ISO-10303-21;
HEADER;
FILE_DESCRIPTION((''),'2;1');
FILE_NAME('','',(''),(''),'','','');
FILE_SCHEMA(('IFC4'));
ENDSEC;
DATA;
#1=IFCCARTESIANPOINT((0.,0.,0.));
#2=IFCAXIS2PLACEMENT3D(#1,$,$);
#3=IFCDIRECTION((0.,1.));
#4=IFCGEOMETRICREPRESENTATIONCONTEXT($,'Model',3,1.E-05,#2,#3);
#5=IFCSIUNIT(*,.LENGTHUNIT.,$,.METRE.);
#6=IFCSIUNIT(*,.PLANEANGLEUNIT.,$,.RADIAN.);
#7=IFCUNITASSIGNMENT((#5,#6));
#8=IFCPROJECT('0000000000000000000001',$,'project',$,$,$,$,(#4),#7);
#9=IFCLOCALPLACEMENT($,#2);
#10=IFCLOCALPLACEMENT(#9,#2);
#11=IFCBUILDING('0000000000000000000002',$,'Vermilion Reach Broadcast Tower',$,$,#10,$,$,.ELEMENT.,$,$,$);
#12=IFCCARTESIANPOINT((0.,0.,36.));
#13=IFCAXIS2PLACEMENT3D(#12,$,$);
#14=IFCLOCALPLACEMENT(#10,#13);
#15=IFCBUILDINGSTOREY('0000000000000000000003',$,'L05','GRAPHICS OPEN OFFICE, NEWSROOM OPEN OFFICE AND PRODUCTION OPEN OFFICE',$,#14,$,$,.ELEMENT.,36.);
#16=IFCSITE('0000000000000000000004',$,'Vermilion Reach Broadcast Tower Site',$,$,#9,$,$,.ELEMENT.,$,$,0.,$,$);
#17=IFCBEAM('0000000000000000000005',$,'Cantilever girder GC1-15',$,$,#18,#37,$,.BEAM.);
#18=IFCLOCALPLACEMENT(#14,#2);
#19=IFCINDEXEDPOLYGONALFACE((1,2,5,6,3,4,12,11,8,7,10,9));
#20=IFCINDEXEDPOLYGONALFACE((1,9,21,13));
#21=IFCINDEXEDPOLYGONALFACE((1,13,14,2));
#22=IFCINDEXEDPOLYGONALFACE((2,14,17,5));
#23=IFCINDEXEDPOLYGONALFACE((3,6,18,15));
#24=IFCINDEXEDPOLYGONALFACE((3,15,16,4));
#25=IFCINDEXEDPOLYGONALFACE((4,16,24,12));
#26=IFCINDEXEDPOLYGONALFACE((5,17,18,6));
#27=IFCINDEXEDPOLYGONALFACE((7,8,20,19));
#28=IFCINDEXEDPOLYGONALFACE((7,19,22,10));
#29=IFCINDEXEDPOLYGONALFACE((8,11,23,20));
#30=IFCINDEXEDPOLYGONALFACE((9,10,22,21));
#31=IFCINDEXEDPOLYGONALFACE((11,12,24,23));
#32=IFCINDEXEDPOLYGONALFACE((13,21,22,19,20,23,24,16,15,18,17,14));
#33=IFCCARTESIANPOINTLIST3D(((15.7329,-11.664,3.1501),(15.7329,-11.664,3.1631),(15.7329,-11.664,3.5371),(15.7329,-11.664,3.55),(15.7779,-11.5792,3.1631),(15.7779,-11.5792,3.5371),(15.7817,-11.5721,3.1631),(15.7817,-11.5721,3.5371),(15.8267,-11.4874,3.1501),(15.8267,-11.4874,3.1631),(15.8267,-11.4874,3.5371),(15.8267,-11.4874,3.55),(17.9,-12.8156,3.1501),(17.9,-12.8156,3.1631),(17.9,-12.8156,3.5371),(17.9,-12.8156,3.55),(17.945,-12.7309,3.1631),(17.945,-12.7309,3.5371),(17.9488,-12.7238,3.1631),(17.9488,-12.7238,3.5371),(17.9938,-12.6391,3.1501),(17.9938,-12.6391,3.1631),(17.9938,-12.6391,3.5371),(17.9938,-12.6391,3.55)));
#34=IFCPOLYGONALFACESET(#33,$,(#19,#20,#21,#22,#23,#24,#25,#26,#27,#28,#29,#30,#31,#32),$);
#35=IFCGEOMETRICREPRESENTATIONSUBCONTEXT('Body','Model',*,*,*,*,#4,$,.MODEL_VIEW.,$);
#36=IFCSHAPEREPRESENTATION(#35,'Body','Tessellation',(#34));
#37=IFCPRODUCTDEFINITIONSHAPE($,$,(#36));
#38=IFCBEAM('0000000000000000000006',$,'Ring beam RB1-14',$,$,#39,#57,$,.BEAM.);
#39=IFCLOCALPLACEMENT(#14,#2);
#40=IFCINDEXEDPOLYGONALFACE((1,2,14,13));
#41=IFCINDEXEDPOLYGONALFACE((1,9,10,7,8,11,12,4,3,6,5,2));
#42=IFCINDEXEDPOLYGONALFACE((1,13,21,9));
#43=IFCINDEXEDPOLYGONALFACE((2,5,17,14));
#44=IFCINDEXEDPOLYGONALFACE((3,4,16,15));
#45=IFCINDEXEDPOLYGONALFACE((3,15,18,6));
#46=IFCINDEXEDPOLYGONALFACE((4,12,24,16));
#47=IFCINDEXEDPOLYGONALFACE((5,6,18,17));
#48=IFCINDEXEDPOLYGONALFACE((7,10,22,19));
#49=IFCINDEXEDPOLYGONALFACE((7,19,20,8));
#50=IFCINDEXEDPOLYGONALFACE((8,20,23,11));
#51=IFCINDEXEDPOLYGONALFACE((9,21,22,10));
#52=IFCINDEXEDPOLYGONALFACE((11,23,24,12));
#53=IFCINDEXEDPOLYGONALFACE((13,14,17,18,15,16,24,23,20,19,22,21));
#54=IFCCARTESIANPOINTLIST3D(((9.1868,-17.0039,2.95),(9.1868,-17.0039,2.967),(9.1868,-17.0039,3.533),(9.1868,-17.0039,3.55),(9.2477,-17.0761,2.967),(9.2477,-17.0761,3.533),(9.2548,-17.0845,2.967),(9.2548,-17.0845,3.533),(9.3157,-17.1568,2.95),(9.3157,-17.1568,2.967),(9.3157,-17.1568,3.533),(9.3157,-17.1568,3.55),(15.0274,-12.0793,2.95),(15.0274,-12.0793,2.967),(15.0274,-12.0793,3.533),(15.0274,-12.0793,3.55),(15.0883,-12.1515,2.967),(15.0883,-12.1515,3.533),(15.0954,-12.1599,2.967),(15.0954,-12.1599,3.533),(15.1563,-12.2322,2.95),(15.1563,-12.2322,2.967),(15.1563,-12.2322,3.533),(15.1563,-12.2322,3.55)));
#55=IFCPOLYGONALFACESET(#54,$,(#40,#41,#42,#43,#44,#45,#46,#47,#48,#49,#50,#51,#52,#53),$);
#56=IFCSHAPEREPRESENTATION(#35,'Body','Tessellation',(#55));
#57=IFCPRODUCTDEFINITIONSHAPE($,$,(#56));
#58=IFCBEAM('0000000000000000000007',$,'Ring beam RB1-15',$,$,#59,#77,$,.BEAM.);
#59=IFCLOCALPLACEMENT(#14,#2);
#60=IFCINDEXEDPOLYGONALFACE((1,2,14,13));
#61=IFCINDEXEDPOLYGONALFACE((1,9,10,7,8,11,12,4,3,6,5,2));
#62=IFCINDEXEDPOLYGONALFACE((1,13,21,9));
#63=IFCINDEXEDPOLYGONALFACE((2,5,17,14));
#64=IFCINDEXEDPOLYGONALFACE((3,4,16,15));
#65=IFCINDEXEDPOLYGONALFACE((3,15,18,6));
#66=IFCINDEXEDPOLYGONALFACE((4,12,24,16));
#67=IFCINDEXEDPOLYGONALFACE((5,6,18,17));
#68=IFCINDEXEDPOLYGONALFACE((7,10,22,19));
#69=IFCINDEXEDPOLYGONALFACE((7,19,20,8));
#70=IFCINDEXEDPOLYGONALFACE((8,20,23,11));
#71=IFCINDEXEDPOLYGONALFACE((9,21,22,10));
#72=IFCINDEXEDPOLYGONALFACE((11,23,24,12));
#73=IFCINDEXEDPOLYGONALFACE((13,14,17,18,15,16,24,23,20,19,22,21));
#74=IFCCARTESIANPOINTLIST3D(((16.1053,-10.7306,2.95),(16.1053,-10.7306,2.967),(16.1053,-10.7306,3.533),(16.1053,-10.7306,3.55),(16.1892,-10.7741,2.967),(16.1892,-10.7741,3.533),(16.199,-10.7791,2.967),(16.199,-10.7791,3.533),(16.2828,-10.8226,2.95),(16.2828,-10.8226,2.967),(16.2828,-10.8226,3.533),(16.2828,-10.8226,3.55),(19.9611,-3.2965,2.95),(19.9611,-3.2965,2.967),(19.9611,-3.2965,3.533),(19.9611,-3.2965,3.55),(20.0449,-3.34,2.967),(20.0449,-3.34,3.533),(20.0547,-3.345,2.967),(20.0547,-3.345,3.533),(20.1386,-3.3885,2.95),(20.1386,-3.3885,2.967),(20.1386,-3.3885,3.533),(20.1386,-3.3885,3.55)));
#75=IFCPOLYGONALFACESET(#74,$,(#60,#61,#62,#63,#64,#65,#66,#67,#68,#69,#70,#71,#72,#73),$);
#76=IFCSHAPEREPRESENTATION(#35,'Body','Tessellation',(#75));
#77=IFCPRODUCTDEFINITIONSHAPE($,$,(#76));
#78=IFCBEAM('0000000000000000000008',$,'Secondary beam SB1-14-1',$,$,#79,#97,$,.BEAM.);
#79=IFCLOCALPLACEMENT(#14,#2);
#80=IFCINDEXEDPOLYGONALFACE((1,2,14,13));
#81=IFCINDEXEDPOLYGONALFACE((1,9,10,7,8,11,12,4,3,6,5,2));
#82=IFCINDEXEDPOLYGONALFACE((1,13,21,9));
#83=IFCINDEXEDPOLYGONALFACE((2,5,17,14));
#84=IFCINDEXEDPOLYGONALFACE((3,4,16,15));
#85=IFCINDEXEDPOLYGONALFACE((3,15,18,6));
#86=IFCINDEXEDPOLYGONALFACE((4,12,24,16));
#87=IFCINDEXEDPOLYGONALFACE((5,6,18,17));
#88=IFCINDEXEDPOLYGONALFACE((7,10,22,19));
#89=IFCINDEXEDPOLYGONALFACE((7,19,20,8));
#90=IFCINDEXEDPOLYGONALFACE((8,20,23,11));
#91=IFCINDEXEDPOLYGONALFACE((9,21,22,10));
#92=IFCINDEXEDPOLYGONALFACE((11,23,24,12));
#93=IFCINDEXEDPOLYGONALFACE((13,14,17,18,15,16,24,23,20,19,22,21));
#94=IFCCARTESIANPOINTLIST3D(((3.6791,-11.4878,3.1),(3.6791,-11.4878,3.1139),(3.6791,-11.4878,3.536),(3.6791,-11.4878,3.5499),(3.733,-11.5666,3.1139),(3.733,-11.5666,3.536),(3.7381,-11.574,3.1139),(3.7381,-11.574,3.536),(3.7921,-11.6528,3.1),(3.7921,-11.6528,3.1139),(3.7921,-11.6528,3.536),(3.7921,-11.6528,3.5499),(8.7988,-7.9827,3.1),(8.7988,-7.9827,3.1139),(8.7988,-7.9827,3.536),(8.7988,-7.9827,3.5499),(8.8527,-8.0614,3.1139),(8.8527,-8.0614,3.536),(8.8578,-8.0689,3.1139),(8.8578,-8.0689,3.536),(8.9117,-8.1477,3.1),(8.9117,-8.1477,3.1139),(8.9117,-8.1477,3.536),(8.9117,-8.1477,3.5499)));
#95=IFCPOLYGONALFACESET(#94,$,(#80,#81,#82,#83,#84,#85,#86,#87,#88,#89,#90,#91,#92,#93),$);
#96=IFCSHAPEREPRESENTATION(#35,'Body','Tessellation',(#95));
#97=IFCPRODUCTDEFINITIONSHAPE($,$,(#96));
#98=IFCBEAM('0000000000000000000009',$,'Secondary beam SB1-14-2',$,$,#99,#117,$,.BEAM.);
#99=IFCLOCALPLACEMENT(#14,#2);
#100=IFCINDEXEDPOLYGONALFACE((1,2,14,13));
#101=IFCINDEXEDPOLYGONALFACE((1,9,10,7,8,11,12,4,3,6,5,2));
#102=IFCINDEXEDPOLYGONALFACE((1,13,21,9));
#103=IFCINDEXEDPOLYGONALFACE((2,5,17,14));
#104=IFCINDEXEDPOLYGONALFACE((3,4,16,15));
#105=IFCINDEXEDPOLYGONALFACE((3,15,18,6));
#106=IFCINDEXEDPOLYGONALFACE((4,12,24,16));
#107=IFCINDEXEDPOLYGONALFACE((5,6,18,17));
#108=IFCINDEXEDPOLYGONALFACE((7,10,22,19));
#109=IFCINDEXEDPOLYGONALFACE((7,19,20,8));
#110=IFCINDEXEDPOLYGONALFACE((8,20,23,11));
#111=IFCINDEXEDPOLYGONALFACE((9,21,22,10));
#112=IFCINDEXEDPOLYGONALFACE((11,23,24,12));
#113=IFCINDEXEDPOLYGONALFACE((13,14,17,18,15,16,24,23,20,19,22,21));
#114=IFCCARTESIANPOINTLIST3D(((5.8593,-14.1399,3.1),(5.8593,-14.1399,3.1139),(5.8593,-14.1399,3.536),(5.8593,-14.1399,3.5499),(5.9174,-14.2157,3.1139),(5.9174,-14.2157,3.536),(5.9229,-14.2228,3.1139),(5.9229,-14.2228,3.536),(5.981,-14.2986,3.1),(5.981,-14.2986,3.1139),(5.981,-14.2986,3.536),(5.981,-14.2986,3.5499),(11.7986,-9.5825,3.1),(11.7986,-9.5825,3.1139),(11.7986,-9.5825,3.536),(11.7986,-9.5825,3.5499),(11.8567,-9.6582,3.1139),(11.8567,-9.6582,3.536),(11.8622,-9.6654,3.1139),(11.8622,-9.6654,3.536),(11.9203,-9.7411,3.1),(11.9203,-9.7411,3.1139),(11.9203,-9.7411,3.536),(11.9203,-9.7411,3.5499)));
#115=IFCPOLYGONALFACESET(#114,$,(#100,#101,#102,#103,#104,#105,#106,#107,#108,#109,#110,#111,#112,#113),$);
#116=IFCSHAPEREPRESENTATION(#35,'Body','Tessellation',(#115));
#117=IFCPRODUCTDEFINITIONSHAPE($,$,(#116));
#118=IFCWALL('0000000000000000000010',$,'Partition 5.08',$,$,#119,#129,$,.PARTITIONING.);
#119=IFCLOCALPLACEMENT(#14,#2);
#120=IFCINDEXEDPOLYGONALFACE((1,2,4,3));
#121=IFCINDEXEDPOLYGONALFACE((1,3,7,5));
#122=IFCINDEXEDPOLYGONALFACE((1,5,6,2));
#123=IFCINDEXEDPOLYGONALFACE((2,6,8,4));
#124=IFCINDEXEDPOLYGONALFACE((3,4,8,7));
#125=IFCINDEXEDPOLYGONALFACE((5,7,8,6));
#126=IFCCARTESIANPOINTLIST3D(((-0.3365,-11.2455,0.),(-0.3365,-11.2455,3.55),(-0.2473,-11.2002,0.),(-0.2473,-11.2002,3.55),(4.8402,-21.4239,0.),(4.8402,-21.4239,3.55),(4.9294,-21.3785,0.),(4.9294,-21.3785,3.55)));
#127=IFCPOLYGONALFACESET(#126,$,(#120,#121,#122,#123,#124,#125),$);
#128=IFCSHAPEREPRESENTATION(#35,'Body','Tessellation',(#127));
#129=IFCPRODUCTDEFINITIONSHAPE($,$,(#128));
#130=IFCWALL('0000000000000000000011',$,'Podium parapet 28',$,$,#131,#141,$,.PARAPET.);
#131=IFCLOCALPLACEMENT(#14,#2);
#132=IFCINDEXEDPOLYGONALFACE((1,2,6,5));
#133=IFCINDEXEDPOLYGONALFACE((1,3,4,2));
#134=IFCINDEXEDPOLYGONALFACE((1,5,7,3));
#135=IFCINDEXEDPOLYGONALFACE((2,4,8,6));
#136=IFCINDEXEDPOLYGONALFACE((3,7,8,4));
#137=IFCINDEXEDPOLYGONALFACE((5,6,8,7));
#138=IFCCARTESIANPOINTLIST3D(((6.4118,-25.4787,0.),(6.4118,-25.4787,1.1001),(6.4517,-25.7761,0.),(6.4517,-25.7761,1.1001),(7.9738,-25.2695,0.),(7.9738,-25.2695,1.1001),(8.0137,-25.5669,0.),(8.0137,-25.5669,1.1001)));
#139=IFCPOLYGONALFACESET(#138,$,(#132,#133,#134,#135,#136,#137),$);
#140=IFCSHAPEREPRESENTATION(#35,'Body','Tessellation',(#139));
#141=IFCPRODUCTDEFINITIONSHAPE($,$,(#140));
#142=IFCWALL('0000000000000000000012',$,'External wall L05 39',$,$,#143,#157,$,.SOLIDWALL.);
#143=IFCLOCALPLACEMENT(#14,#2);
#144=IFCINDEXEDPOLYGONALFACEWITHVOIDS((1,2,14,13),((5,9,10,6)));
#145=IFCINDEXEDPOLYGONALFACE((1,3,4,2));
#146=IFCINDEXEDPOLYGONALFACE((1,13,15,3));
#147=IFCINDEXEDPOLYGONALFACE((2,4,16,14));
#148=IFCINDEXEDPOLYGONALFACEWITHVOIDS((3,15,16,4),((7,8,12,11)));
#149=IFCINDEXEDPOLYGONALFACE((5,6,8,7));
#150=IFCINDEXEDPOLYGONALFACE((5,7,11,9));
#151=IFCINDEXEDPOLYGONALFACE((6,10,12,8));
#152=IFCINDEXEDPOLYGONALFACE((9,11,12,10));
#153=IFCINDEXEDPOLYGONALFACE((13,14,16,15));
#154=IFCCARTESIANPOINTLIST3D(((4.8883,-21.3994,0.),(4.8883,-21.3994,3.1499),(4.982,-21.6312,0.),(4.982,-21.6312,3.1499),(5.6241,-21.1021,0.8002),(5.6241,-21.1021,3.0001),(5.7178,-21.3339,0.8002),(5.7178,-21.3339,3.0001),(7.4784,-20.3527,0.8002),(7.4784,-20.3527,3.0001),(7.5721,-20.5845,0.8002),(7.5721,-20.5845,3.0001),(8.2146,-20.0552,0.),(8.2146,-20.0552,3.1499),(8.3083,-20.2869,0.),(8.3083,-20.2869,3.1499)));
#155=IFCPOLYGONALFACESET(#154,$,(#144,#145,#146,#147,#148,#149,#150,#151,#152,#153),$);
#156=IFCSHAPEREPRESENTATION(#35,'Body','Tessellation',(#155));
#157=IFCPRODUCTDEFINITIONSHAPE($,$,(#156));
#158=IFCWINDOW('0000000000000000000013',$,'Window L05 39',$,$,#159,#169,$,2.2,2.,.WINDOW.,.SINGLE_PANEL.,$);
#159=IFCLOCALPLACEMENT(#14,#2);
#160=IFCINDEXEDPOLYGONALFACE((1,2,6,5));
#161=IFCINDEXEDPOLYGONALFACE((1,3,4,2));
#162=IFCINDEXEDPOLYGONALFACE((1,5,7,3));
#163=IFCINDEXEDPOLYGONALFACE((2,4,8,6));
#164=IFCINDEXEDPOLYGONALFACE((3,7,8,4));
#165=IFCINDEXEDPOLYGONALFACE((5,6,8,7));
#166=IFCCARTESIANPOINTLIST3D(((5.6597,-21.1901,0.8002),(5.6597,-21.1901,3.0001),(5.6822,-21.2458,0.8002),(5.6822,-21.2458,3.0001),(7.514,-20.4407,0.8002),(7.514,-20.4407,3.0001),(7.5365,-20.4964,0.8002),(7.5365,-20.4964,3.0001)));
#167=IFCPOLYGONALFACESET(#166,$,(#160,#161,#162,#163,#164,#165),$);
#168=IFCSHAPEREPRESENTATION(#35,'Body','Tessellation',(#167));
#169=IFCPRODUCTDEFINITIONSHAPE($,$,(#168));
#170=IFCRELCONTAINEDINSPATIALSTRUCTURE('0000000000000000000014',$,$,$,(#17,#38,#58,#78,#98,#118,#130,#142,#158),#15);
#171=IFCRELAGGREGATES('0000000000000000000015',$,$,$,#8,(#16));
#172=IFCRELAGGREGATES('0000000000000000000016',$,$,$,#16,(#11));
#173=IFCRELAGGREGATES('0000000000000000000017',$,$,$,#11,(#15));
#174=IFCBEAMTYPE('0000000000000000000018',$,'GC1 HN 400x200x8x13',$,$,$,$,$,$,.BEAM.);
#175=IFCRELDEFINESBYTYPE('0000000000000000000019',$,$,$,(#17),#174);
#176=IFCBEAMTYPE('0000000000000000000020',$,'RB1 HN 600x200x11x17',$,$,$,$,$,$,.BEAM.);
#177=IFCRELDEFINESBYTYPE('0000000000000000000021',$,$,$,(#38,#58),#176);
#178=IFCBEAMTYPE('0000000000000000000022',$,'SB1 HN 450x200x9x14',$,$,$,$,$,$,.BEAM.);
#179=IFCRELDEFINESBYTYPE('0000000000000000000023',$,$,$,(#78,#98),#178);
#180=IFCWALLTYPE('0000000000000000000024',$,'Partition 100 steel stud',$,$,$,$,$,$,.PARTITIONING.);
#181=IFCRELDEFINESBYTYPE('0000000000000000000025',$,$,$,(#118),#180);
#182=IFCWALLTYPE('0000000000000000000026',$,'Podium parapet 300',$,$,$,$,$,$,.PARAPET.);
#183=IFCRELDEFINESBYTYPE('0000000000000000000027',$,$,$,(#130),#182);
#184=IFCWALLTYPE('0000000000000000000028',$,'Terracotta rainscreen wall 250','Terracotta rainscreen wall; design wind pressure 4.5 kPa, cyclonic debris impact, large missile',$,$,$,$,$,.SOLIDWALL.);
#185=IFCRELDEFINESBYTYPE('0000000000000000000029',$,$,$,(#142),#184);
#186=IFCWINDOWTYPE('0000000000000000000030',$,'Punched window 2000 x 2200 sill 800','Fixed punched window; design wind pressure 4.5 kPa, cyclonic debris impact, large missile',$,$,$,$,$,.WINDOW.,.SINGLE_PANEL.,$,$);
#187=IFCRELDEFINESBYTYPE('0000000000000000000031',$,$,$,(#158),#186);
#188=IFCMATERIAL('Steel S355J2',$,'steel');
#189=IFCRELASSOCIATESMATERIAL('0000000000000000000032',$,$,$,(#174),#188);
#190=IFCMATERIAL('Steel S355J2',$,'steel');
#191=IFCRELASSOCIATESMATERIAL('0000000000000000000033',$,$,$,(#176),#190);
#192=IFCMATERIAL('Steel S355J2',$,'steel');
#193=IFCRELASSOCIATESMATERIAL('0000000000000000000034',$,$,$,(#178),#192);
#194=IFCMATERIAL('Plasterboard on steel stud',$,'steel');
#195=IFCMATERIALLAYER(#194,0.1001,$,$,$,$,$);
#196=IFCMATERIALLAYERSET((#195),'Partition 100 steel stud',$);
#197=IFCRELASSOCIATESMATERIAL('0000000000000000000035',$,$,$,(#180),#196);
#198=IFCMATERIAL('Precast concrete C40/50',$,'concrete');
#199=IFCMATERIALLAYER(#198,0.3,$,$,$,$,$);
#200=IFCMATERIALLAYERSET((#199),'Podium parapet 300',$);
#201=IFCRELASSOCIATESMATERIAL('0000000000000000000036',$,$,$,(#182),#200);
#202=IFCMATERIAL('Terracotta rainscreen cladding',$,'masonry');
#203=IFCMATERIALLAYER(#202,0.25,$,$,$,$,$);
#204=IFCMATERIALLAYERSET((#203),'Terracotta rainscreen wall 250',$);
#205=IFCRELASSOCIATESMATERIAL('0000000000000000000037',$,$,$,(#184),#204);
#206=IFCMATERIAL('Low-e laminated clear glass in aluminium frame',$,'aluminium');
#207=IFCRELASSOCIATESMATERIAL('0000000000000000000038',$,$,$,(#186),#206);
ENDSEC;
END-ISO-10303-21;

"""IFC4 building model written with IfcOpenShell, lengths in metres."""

from ifc_helpers import new_model, si_unit, direction, frame, frame_2d, origin, origin_2d, place, context, subcontext, project, spatial, rectangle, i_section, extrude, material, layer, layer_set, material_profile, profile_set, type_object, element, fill, save


model = new_model("IFC4")

# Units and contexts
model_context = context("Model", 3, precision=1e-05, world=origin(), true_north=direction((0.0, 1.0)))
body_context = subcontext(model_context, "Body", "Model", "MODEL_VIEW")
ifc_project = project(units=[si_unit("LENGTHUNIT", "METRE"), si_unit("PLANEANGLEUNIT", "RADIAN")], contexts=[model_context])

# Site, building, storey
site_placement = place(None, origin())
site = spatial("IfcSite", under=ifc_project, at=site_placement, Name="Vermilion Reach Broadcast Tower Site", CompositionType="ELEMENT", RefElevation=0.0)
building_placement = place(site_placement, origin())
building = spatial("IfcBuilding", under=site, at=building_placement, Name="Vermilion Reach Broadcast Tower", CompositionType="ELEMENT")
storey_placement = place(building_placement, frame((0.0, 0.0, 36.0)))
storey = spatial("IfcBuildingStorey", under=building, at=storey_placement, Name="L05", Description="GRAPHICS OPEN OFFICE, NEWSROOM OPEN OFFICE AND PRODUCTION OPEN OFFICE", CompositionType="ELEMENT", Elevation=36.0)

# Beams
ifc_material_1 = material(Name="Steel S355J2", Category="steel")
ifc_material_profile_1 = material_profile(ifc_material_1, i_section(OverallWidth=0.2, OverallDepth=0.3999, WebThickness=0.0081, FlangeThickness=0.0129, at=origin_2d()), Name="S355J2 HN 400x200x8x13")
ifc_profile_set_1 = profile_set([ifc_material_profile_1], Name="Steel S355J2")
beam_type_1 = type_object("IfcBeamType", Name="GC1 HN 400x200x8x13", PredefinedType="BEAM", material=ifc_profile_set_1)
beam_1_placement = place(storey_placement, frame((15.7798, -11.5757, 3.3501), z_axis=(0.883049, -0.469281, 0.0), x_axis=(0.469281, 0.883049, 0.0)))
element("IfcBeam", 1, at=beam_1_placement, inside=storey, type_object=beam_type_1, Name="Cantilever girder GC1-15", PredefinedType="BEAM", context=body_context, shape_type="SweptSolid", body=[
    extrude(i_section(OverallWidth=0.2, OverallDepth=0.3999, WebThickness=0.0081, FlangeThickness=0.0129, at=origin_2d()), origin(), (0.0, 0.0, 1.0), 2.4541),
])
ifc_material_2 = material(Name="Steel S355J2", Category="steel")
ifc_material_profile_2 = material_profile(ifc_material_2, i_section(OverallWidth=0.2, OverallDepth=0.6001, WebThickness=0.011, FlangeThickness=0.0171, at=origin_2d()), Name="S355J2 HN 600x200x11x17")
ifc_profile_set_2 = profile_set([ifc_material_profile_2], Name="Steel S355J2")
beam_type_2 = type_object("IfcBeamType", Name="RB1 HN 600x200x11x17", PredefinedType="BEAM", material=ifc_profile_set_2)
beam_2_placement = place(storey_placement, frame((9.2512, -17.0803, 3.25), z_axis=(0.764512, 0.644609, 0.0), x_axis=(-0.644609, 0.764512, 0.0)))
element("IfcBeam", 2, at=beam_2_placement, inside=storey, type_object=beam_type_2, Name="Ring beam RB1-14", PredefinedType="BEAM", context=body_context, shape_type="SweptSolid", body=[
    extrude(i_section(OverallWidth=0.2, OverallDepth=0.6001, WebThickness=0.011, FlangeThickness=0.0171, at=origin_2d()), origin(), (0.0, 0.0, 1.0), 7.6396),
])
beam_3_placement = place(storey_placement, frame((16.1941, -10.7766, 3.25), z_axis=(0.460412, 0.887706, 0.0), x_axis=(-0.887706, 0.460412, 0.0)))
element("IfcBeam", 3, at=beam_3_placement, inside=storey, type_object=beam_type_2, Name="Ring beam RB1-15", PredefinedType="BEAM", context=body_context, shape_type="SweptSolid", body=[
    extrude(i_section(OverallWidth=0.2, OverallDepth=0.6001, WebThickness=0.011, FlangeThickness=0.0171, at=origin_2d()), origin(), (0.0, 0.0, 1.0), 8.3745),
])
ifc_material_3 = material(Name="Steel S355J2", Category="steel")
ifc_material_profile_3 = material_profile(ifc_material_3, i_section(OverallWidth=0.2, OverallDepth=0.45, WebThickness=0.009, FlangeThickness=0.0139, at=origin_2d()), Name="S355J2 HN 450x200x9x14")
ifc_profile_set_3 = profile_set([ifc_material_profile_3], Name="Steel S355J2")
beam_type_3 = type_object("IfcBeamType", Name="SB1 HN 450x200x9x14", PredefinedType="BEAM", material=ifc_profile_set_3)
beam_4_placement = place(storey_placement, frame((3.7356, -11.5703, 3.325), z_axis=(0.82514, 0.564928, 0.0), x_axis=(-0.564928, 0.82514, 0.0)))
element("IfcBeam", 4, at=beam_4_placement, inside=storey, type_object=beam_type_3, Name="Secondary beam SB1-14-1", PredefinedType="BEAM", context=body_context, shape_type="SweptSolid", body=[
    extrude(i_section(OverallWidth=0.2, OverallDepth=0.45, WebThickness=0.009, FlangeThickness=0.0139, at=origin_2d()), origin(), (0.0, 0.0, 1.0), 6.2046),
])
beam_5_placement = place(storey_placement, frame((5.9202, -14.2192, 3.325), z_axis=(0.79335, 0.608766, 0.0), x_axis=(-0.608766, 0.79335, 0.0)))
element("IfcBeam", 5, at=beam_5_placement, inside=storey, type_object=beam_type_3, Name="Secondary beam SB1-14-2", PredefinedType="BEAM", context=body_context, shape_type="SweptSolid", body=[
    extrude(i_section(OverallWidth=0.2, OverallDepth=0.45, WebThickness=0.009, FlangeThickness=0.0139, at=origin_2d()), origin(), (0.0, 0.0, 1.0), 7.4863),
])

# Walls
ifc_material_4 = material(Name="Plasterboard on steel stud", Category="steel")
ifc_layer_1 = layer(ifc_material_4, 0.1001)
ifc_layer_set_1 = layer_set([ifc_layer_1], Name="Partition 100 steel stud")
wall_type_1 = type_object("IfcWallType", Name="Partition 100 steel stud", PredefinedType="PARTITIONING", material=ifc_layer_set_1)
wall_1_placement = place(storey_placement, frame((4.8848, -21.4011, 0.0), z_axis=(0.0, 0.0, 1.0), x_axis=(-0.453335, 0.89134, 0.0)))
element("IfcWall", 6, at=wall_1_placement, inside=storey, type_object=wall_type_1, Name="Partition 5.08", PredefinedType="PARTITIONING", context=body_context, shape_type="SweptSolid", body=[
    extrude(rectangle(XDim=11.4192, YDim=0.1001, at=frame_2d((5.7095, 0.0))), origin(), (0.0, 0.0, 1.0), 3.55),
])
ifc_material_5 = material(Name="Precast concrete C40/50", Category="concrete")
ifc_layer_2 = layer(ifc_material_5, 0.3)
ifc_layer_set_2 = layer_set([ifc_layer_2], Name="Podium parapet 300")
wall_type_2 = type_object("IfcWallType", Name="Podium parapet 300", PredefinedType="PARAPET", material=ifc_layer_set_2)
wall_2_placement = place(storey_placement, frame((6.4316, -25.6274, 0.0), z_axis=(0.0, 0.0, 1.0), x_axis=(0.991148, 0.132762, 0.0)))
element("IfcWall", 7, at=wall_2_placement, inside=storey, type_object=wall_type_2, Name="Podium parapet 28", PredefinedType="PARAPET", context=body_context, shape_type="SweptSolid", body=[
    extrude(rectangle(XDim=1.5759, YDim=0.3, at=frame_2d((0.7881, 0.0))), origin(), (0.0, 0.0, 1.0), 1.1001),
])

# Wall, opening, window
ifc_material_6 = material(Name="Terracotta rainscreen cladding", Category="masonry")
ifc_layer_3 = layer(ifc_material_6, 0.25)
ifc_layer_set_3 = layer_set([ifc_layer_3], Name="Terracotta rainscreen wall 250")
wall_type_3 = type_object("IfcWallType", Name="Terracotta rainscreen wall 250", Description="Terracotta rainscreen wall; design wind pressure 4.5 kPa, cyclonic debris impact, large missile", PredefinedType="SOLIDWALL", material=ifc_layer_set_3)
wall_3_placement = place(storey_placement, frame((4.9351, -21.5154, 0.0), z_axis=(0.0, 0.0, 1.0), x_axis=(0.927147, 0.374697, 0.0)))
wall_3 = element("IfcWall", 8, at=wall_3_placement, inside=storey, type_object=wall_type_3, Name="External wall L05 39", PredefinedType="SOLIDWALL", context=body_context, shape_type="SweptSolid", body=[
    extrude(rectangle(XDim=3.5876, YDim=0.25, at=frame_2d((1.7939, 0.0))), origin(), (0.0, 0.0, 1.0), 3.1499),
])
opening_1_placement = place(wall_3_placement, frame((0.7937, 0.0, 0.8)))
opening_1 = element("IfcOpeningElement", 9, at=opening_1_placement, cuts=wall_3, PredefinedType="OPENING", context=body_context, shape_type="SweptSolid", body=[
    extrude(rectangle(XDim=2.0, YDim=2.2, at=frame_2d((1.0, 1.1001))), frame((0.0, 0.135, 0.0), z_axis=(0.0, -1.0, 0.0), x_axis=(1.0, 0.0, 0.0)), (0.0, 0.0, 1.0), 0.27),
])
ifc_material_7 = material(Name="Low-e laminated clear glass in aluminium frame", Category="aluminium")
window_type = type_object("IfcWindowType", Name="Punched window 2000 x 2200 sill 800", Description="Fixed punched window; design wind pressure 4.5 kPa, cyclonic debris impact, large missile", PartitioningType="SINGLE_PANEL", PredefinedType="WINDOW", material=ifc_material_7)
window_1_placement = place(opening_1_placement, origin())
window_1 = element("IfcWindow", 10, at=window_1_placement, inside=storey, type_object=window_type, Name="Window L05 39", OverallHeight=2.2, OverallWidth=2.0, PartitioningType="SINGLE_PANEL", PredefinedType="WINDOW", context=body_context, shape_type="SweptSolid", body=[
    extrude(rectangle(XDim=2.0, YDim=2.2, at=frame_2d((1.0, 1.1001))), frame((0.0, 0.03, 0.0), z_axis=(0.0, -1.0, 0.0), x_axis=(1.0, 0.0, 0.0)), (0.0, 0.0, 1.0), 0.0601),
])
fill(opening_1, window_1)

save(model, "model.ifc")
